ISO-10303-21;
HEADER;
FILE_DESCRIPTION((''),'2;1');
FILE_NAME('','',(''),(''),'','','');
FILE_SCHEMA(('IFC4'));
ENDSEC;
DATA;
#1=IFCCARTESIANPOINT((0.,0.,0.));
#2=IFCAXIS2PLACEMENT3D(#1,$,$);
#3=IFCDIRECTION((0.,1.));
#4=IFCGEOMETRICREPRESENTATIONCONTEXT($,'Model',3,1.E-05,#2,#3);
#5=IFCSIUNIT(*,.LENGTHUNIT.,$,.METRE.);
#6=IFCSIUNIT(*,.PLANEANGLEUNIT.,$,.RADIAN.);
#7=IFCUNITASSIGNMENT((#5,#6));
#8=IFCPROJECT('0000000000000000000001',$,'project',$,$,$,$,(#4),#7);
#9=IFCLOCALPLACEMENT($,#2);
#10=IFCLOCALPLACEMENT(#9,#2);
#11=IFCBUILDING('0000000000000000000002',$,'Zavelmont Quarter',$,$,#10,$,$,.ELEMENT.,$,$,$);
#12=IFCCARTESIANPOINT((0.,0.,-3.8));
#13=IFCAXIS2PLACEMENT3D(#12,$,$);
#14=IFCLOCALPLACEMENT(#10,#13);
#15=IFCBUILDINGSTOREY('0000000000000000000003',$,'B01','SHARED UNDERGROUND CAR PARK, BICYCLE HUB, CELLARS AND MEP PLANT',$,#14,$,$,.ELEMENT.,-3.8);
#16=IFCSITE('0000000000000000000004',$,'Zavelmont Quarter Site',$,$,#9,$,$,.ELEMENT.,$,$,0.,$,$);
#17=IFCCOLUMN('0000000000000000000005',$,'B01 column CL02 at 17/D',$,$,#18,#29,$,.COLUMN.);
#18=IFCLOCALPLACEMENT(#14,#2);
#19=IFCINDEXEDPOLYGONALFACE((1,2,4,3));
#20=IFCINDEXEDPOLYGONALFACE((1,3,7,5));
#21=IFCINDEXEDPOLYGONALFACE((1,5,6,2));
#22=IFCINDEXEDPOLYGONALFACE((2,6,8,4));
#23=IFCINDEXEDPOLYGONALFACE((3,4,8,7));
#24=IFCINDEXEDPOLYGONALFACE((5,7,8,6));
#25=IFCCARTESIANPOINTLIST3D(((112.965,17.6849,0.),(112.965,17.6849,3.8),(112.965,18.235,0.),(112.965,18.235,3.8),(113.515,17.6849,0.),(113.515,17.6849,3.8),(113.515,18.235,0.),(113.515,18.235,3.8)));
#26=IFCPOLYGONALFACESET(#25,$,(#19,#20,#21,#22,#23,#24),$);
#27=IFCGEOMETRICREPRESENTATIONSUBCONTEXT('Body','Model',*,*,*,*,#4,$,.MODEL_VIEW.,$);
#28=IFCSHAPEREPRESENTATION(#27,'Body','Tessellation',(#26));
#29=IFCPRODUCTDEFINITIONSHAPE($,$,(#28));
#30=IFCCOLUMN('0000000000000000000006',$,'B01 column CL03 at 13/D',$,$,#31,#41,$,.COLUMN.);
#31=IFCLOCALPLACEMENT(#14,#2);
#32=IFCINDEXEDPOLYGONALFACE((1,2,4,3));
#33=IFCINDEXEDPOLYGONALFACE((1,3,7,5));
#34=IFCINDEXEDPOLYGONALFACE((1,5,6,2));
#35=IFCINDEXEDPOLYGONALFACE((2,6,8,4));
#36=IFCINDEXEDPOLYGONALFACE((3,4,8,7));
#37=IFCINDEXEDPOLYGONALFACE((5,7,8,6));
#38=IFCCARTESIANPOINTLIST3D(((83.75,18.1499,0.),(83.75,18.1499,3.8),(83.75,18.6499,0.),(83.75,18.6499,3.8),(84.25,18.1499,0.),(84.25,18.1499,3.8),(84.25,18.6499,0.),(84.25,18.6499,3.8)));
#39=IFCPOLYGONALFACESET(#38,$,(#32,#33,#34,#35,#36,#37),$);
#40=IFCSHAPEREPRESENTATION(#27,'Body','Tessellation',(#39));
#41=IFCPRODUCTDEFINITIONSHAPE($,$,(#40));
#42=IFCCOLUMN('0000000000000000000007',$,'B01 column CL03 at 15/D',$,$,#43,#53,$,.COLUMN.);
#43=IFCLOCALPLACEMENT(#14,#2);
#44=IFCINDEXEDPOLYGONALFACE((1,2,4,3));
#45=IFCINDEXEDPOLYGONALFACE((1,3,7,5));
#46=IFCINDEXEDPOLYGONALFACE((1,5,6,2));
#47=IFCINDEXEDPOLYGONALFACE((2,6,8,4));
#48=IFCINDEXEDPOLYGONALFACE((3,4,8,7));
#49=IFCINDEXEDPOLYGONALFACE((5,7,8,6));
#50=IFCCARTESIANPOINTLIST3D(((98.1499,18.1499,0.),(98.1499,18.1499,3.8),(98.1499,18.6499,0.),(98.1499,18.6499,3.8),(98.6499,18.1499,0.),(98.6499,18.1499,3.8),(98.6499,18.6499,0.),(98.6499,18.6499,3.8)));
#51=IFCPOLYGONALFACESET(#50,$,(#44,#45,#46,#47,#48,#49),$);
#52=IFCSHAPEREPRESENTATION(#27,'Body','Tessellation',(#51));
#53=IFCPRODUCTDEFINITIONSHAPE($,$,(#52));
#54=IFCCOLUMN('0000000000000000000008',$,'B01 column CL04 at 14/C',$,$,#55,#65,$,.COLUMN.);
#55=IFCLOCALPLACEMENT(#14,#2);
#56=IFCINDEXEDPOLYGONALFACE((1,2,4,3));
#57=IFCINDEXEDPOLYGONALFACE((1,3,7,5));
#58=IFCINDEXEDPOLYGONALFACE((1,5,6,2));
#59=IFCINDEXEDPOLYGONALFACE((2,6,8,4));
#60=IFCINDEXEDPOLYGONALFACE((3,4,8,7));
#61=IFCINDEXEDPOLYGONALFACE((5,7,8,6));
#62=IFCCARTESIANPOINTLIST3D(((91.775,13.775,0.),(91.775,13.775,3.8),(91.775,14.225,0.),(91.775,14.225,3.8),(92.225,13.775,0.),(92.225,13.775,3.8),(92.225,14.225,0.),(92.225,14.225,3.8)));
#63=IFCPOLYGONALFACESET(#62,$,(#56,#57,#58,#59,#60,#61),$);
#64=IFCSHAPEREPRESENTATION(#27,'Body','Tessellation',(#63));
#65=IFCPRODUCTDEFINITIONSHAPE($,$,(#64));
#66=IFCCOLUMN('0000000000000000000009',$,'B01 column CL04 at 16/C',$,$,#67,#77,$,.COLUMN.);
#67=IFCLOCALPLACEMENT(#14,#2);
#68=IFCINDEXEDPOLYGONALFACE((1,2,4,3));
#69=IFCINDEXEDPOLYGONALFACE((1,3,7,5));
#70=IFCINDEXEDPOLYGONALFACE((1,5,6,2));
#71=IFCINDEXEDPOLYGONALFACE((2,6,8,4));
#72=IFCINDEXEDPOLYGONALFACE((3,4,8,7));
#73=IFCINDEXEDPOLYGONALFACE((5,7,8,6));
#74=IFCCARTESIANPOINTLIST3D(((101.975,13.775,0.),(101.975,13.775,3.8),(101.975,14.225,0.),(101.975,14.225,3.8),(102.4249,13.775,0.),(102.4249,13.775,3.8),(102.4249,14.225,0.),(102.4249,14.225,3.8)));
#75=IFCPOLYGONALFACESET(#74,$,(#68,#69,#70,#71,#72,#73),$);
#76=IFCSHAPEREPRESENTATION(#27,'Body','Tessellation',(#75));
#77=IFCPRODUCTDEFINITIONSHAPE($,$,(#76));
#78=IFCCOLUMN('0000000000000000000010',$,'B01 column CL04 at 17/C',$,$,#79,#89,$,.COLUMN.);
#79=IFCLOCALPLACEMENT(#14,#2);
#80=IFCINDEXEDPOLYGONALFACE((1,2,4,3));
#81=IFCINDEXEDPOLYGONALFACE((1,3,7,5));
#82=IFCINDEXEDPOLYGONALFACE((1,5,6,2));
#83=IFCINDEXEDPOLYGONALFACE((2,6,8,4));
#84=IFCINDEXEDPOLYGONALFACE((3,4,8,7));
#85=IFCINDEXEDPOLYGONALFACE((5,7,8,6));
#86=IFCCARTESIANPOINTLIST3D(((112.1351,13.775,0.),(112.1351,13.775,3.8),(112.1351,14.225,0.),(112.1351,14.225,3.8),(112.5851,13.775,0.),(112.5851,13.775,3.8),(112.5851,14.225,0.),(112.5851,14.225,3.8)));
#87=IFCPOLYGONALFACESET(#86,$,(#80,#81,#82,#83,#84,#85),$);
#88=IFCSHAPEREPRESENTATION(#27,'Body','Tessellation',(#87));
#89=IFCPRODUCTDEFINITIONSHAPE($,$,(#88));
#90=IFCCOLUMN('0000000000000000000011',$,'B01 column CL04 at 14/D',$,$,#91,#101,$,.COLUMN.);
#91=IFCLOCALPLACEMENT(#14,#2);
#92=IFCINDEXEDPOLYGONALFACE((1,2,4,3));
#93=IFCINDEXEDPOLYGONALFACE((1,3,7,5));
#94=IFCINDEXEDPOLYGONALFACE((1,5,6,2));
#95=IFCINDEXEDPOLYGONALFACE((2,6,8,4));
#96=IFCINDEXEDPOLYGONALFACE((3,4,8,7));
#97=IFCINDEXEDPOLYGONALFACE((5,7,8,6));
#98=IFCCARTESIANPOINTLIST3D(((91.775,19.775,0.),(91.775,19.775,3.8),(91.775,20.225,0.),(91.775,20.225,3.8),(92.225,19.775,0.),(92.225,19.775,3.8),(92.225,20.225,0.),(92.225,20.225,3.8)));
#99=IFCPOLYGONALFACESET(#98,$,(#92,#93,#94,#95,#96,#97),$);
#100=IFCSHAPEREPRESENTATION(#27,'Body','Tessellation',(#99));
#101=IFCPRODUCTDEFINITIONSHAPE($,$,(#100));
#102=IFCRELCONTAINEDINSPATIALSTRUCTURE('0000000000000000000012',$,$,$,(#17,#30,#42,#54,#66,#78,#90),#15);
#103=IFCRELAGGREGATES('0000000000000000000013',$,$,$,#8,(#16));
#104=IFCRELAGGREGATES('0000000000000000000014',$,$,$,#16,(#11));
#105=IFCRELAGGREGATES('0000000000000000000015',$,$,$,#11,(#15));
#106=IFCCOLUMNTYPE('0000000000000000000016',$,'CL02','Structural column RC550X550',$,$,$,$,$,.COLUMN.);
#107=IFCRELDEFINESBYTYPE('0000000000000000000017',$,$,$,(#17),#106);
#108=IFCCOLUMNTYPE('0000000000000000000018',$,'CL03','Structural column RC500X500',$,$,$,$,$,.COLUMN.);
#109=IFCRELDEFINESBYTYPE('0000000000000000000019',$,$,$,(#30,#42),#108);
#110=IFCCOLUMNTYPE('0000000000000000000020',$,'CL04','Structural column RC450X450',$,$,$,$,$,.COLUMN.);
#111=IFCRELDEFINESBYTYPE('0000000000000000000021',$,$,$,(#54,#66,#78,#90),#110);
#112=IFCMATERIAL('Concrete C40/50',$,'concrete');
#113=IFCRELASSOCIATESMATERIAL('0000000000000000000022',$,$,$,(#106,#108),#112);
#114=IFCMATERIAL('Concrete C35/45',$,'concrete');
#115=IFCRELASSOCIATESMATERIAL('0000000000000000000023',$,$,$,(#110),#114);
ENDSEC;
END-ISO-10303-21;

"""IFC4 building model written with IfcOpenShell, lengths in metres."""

from ifc_helpers import new_model, si_unit, direction, frame, origin, origin_2d, place, context, subcontext, project, spatial, rectangle, extrude, material, material_profile, profile_set, type_object, element, save


model = new_model("IFC4")

# Units and contexts
model_context = context("Model", 3, precision=1e-05, world=origin(), true_north=direction((0.0, 1.0)))
body_context = subcontext(model_context, "Body", "Model", "MODEL_VIEW")
ifc_project = project(units=[si_unit("LENGTHUNIT", "METRE"), si_unit("PLANEANGLEUNIT", "RADIAN")], contexts=[model_context])

# Site, building, storey
site_placement = place(None, origin())
site = spatial("IfcSite", under=ifc_project, at=site_placement, Name="Zavelmont Quarter Site", CompositionType="ELEMENT", RefElevation=0.0)
building_placement = place(site_placement, origin())
building = spatial("IfcBuilding", under=site, at=building_placement, Name="Zavelmont Quarter", CompositionType="ELEMENT")
storey_placement = place(building_placement, frame((0.0, 0.0, -3.8)))
storey = spatial("IfcBuildingStorey", under=building, at=storey_placement, Name="B01", Description="SHARED UNDERGROUND CAR PARK, BICYCLE HUB, CELLARS AND MEP PLANT", CompositionType="ELEMENT", Elevation=-3.8)

# Shared definitions
ifc_material_1 = material(Name="Concrete C35/45", Category="concrete")

# Columns
ifc_material_2 = material(Name="Concrete C40/50", Category="concrete")
ifc_material_profile_1 = material_profile(ifc_material_2, rectangle(XDim=0.55, YDim=0.55, at=origin_2d()), Name="RC550X550")
ifc_profile_set_1 = profile_set([ifc_material_profile_1], Name="Concrete C40/50")
column_type_1 = type_object("IfcColumnType", Name="CL02", Description="Structural column RC550X550", PredefinedType="COLUMN", material=ifc_profile_set_1)
column_placement = place(storey_placement, frame((113.24, 17.96, 0.0), z_axis=(0.0, 0.0, 1.0), x_axis=(1.0, 0.0, 0.0)))
element("IfcColumn", 1, at=column_placement, inside=storey, type_object=column_type_1, Name="B01 column CL02 at 17/D", PredefinedType="COLUMN", context=body_context, shape_type="SweptSolid", body=[
    extrude(rectangle(XDim=0.55, YDim=0.55, at=origin_2d()), origin(), (0.0, 0.0, 1.0), 3.8),
])
ifc_material_profile_2 = material_profile(ifc_material_2, rectangle(XDim=0.5, YDim=0.5, at=origin_2d()), Name="RC500X500")
ifc_profile_set_2 = profile_set([ifc_material_profile_2], Name="Concrete C40/50")
column_type_2 = type_object("IfcColumnType", Name="CL03", Description="Structural column RC500X500", PredefinedType="COLUMN", material=ifc_profile_set_2)
for number, where, z_axis, x_axis, name in (
    (2, (84.0, 18.3999, 0.0), (0.0, 0.0, 1.0), (1.0, 0.0, 0.0), "B01 column CL03 at 13/D"),
    (3, (98.3999, 18.3999, 0.0), (0.0, 0.0, 1.0), (1.0, 0.0, 0.0), "B01 column CL03 at 15/D"),
):
    element("IfcColumn", number, at=place(storey_placement, frame(where, z_axis=z_axis, x_axis=x_axis)), inside=storey, type_object=column_type_2, Name=name, PredefinedType="COLUMN", context=body_context, shape_type="SweptSolid", body=[
        extrude(rectangle(XDim=0.5, YDim=0.5, at=origin_2d()), origin(), (0.0, 0.0, 1.0), 3.8),
    ])
ifc_material_profile_3 = material_profile(ifc_material_1, rectangle(XDim=0.45, YDim=0.45, at=origin_2d()), Name="RC450X450")
ifc_profile_set_3 = profile_set([ifc_material_profile_3], Name="Concrete C35/45")
column_type_3 = type_object("IfcColumnType", Name="CL04", Description="Structural column RC450X450", PredefinedType="COLUMN", material=ifc_profile_set_3)
for number, where, z_axis, x_axis, name in (
    (4, (92.0, 14.0, 0.0), (0.0, 0.0, 1.0), (1.0, 0.0, 0.0), "B01 column CL04 at 14/C"),
    (5, (102.2, 14.0, 0.0), (0.0, 0.0, 1.0), (1.0, 0.0, 0.0), "B01 column CL04 at 16/C"),
    (6, (112.3601, 14.0, 0.0), (0.0, 0.0, 1.0), (1.0, 0.0, 0.0), "B01 column CL04 at 17/C"),
    (7, (92.0, 20.0, 0.0), (0.0, 0.0, 1.0), (1.0, 0.0, 0.0), "B01 column CL04 at 14/D"),
):
    element("IfcColumn", number, at=place(storey_placement, frame(where, z_axis=z_axis, x_axis=x_axis)), inside=storey, type_object=column_type_3, Name=name, PredefinedType="COLUMN", context=body_context, shape_type="SweptSolid", body=[
        extrude(rectangle(XDim=0.45, YDim=0.45, at=origin_2d()), origin(), (0.0, 0.0, 1.0), 3.8),
    ])

save(model, "model.ifc")
